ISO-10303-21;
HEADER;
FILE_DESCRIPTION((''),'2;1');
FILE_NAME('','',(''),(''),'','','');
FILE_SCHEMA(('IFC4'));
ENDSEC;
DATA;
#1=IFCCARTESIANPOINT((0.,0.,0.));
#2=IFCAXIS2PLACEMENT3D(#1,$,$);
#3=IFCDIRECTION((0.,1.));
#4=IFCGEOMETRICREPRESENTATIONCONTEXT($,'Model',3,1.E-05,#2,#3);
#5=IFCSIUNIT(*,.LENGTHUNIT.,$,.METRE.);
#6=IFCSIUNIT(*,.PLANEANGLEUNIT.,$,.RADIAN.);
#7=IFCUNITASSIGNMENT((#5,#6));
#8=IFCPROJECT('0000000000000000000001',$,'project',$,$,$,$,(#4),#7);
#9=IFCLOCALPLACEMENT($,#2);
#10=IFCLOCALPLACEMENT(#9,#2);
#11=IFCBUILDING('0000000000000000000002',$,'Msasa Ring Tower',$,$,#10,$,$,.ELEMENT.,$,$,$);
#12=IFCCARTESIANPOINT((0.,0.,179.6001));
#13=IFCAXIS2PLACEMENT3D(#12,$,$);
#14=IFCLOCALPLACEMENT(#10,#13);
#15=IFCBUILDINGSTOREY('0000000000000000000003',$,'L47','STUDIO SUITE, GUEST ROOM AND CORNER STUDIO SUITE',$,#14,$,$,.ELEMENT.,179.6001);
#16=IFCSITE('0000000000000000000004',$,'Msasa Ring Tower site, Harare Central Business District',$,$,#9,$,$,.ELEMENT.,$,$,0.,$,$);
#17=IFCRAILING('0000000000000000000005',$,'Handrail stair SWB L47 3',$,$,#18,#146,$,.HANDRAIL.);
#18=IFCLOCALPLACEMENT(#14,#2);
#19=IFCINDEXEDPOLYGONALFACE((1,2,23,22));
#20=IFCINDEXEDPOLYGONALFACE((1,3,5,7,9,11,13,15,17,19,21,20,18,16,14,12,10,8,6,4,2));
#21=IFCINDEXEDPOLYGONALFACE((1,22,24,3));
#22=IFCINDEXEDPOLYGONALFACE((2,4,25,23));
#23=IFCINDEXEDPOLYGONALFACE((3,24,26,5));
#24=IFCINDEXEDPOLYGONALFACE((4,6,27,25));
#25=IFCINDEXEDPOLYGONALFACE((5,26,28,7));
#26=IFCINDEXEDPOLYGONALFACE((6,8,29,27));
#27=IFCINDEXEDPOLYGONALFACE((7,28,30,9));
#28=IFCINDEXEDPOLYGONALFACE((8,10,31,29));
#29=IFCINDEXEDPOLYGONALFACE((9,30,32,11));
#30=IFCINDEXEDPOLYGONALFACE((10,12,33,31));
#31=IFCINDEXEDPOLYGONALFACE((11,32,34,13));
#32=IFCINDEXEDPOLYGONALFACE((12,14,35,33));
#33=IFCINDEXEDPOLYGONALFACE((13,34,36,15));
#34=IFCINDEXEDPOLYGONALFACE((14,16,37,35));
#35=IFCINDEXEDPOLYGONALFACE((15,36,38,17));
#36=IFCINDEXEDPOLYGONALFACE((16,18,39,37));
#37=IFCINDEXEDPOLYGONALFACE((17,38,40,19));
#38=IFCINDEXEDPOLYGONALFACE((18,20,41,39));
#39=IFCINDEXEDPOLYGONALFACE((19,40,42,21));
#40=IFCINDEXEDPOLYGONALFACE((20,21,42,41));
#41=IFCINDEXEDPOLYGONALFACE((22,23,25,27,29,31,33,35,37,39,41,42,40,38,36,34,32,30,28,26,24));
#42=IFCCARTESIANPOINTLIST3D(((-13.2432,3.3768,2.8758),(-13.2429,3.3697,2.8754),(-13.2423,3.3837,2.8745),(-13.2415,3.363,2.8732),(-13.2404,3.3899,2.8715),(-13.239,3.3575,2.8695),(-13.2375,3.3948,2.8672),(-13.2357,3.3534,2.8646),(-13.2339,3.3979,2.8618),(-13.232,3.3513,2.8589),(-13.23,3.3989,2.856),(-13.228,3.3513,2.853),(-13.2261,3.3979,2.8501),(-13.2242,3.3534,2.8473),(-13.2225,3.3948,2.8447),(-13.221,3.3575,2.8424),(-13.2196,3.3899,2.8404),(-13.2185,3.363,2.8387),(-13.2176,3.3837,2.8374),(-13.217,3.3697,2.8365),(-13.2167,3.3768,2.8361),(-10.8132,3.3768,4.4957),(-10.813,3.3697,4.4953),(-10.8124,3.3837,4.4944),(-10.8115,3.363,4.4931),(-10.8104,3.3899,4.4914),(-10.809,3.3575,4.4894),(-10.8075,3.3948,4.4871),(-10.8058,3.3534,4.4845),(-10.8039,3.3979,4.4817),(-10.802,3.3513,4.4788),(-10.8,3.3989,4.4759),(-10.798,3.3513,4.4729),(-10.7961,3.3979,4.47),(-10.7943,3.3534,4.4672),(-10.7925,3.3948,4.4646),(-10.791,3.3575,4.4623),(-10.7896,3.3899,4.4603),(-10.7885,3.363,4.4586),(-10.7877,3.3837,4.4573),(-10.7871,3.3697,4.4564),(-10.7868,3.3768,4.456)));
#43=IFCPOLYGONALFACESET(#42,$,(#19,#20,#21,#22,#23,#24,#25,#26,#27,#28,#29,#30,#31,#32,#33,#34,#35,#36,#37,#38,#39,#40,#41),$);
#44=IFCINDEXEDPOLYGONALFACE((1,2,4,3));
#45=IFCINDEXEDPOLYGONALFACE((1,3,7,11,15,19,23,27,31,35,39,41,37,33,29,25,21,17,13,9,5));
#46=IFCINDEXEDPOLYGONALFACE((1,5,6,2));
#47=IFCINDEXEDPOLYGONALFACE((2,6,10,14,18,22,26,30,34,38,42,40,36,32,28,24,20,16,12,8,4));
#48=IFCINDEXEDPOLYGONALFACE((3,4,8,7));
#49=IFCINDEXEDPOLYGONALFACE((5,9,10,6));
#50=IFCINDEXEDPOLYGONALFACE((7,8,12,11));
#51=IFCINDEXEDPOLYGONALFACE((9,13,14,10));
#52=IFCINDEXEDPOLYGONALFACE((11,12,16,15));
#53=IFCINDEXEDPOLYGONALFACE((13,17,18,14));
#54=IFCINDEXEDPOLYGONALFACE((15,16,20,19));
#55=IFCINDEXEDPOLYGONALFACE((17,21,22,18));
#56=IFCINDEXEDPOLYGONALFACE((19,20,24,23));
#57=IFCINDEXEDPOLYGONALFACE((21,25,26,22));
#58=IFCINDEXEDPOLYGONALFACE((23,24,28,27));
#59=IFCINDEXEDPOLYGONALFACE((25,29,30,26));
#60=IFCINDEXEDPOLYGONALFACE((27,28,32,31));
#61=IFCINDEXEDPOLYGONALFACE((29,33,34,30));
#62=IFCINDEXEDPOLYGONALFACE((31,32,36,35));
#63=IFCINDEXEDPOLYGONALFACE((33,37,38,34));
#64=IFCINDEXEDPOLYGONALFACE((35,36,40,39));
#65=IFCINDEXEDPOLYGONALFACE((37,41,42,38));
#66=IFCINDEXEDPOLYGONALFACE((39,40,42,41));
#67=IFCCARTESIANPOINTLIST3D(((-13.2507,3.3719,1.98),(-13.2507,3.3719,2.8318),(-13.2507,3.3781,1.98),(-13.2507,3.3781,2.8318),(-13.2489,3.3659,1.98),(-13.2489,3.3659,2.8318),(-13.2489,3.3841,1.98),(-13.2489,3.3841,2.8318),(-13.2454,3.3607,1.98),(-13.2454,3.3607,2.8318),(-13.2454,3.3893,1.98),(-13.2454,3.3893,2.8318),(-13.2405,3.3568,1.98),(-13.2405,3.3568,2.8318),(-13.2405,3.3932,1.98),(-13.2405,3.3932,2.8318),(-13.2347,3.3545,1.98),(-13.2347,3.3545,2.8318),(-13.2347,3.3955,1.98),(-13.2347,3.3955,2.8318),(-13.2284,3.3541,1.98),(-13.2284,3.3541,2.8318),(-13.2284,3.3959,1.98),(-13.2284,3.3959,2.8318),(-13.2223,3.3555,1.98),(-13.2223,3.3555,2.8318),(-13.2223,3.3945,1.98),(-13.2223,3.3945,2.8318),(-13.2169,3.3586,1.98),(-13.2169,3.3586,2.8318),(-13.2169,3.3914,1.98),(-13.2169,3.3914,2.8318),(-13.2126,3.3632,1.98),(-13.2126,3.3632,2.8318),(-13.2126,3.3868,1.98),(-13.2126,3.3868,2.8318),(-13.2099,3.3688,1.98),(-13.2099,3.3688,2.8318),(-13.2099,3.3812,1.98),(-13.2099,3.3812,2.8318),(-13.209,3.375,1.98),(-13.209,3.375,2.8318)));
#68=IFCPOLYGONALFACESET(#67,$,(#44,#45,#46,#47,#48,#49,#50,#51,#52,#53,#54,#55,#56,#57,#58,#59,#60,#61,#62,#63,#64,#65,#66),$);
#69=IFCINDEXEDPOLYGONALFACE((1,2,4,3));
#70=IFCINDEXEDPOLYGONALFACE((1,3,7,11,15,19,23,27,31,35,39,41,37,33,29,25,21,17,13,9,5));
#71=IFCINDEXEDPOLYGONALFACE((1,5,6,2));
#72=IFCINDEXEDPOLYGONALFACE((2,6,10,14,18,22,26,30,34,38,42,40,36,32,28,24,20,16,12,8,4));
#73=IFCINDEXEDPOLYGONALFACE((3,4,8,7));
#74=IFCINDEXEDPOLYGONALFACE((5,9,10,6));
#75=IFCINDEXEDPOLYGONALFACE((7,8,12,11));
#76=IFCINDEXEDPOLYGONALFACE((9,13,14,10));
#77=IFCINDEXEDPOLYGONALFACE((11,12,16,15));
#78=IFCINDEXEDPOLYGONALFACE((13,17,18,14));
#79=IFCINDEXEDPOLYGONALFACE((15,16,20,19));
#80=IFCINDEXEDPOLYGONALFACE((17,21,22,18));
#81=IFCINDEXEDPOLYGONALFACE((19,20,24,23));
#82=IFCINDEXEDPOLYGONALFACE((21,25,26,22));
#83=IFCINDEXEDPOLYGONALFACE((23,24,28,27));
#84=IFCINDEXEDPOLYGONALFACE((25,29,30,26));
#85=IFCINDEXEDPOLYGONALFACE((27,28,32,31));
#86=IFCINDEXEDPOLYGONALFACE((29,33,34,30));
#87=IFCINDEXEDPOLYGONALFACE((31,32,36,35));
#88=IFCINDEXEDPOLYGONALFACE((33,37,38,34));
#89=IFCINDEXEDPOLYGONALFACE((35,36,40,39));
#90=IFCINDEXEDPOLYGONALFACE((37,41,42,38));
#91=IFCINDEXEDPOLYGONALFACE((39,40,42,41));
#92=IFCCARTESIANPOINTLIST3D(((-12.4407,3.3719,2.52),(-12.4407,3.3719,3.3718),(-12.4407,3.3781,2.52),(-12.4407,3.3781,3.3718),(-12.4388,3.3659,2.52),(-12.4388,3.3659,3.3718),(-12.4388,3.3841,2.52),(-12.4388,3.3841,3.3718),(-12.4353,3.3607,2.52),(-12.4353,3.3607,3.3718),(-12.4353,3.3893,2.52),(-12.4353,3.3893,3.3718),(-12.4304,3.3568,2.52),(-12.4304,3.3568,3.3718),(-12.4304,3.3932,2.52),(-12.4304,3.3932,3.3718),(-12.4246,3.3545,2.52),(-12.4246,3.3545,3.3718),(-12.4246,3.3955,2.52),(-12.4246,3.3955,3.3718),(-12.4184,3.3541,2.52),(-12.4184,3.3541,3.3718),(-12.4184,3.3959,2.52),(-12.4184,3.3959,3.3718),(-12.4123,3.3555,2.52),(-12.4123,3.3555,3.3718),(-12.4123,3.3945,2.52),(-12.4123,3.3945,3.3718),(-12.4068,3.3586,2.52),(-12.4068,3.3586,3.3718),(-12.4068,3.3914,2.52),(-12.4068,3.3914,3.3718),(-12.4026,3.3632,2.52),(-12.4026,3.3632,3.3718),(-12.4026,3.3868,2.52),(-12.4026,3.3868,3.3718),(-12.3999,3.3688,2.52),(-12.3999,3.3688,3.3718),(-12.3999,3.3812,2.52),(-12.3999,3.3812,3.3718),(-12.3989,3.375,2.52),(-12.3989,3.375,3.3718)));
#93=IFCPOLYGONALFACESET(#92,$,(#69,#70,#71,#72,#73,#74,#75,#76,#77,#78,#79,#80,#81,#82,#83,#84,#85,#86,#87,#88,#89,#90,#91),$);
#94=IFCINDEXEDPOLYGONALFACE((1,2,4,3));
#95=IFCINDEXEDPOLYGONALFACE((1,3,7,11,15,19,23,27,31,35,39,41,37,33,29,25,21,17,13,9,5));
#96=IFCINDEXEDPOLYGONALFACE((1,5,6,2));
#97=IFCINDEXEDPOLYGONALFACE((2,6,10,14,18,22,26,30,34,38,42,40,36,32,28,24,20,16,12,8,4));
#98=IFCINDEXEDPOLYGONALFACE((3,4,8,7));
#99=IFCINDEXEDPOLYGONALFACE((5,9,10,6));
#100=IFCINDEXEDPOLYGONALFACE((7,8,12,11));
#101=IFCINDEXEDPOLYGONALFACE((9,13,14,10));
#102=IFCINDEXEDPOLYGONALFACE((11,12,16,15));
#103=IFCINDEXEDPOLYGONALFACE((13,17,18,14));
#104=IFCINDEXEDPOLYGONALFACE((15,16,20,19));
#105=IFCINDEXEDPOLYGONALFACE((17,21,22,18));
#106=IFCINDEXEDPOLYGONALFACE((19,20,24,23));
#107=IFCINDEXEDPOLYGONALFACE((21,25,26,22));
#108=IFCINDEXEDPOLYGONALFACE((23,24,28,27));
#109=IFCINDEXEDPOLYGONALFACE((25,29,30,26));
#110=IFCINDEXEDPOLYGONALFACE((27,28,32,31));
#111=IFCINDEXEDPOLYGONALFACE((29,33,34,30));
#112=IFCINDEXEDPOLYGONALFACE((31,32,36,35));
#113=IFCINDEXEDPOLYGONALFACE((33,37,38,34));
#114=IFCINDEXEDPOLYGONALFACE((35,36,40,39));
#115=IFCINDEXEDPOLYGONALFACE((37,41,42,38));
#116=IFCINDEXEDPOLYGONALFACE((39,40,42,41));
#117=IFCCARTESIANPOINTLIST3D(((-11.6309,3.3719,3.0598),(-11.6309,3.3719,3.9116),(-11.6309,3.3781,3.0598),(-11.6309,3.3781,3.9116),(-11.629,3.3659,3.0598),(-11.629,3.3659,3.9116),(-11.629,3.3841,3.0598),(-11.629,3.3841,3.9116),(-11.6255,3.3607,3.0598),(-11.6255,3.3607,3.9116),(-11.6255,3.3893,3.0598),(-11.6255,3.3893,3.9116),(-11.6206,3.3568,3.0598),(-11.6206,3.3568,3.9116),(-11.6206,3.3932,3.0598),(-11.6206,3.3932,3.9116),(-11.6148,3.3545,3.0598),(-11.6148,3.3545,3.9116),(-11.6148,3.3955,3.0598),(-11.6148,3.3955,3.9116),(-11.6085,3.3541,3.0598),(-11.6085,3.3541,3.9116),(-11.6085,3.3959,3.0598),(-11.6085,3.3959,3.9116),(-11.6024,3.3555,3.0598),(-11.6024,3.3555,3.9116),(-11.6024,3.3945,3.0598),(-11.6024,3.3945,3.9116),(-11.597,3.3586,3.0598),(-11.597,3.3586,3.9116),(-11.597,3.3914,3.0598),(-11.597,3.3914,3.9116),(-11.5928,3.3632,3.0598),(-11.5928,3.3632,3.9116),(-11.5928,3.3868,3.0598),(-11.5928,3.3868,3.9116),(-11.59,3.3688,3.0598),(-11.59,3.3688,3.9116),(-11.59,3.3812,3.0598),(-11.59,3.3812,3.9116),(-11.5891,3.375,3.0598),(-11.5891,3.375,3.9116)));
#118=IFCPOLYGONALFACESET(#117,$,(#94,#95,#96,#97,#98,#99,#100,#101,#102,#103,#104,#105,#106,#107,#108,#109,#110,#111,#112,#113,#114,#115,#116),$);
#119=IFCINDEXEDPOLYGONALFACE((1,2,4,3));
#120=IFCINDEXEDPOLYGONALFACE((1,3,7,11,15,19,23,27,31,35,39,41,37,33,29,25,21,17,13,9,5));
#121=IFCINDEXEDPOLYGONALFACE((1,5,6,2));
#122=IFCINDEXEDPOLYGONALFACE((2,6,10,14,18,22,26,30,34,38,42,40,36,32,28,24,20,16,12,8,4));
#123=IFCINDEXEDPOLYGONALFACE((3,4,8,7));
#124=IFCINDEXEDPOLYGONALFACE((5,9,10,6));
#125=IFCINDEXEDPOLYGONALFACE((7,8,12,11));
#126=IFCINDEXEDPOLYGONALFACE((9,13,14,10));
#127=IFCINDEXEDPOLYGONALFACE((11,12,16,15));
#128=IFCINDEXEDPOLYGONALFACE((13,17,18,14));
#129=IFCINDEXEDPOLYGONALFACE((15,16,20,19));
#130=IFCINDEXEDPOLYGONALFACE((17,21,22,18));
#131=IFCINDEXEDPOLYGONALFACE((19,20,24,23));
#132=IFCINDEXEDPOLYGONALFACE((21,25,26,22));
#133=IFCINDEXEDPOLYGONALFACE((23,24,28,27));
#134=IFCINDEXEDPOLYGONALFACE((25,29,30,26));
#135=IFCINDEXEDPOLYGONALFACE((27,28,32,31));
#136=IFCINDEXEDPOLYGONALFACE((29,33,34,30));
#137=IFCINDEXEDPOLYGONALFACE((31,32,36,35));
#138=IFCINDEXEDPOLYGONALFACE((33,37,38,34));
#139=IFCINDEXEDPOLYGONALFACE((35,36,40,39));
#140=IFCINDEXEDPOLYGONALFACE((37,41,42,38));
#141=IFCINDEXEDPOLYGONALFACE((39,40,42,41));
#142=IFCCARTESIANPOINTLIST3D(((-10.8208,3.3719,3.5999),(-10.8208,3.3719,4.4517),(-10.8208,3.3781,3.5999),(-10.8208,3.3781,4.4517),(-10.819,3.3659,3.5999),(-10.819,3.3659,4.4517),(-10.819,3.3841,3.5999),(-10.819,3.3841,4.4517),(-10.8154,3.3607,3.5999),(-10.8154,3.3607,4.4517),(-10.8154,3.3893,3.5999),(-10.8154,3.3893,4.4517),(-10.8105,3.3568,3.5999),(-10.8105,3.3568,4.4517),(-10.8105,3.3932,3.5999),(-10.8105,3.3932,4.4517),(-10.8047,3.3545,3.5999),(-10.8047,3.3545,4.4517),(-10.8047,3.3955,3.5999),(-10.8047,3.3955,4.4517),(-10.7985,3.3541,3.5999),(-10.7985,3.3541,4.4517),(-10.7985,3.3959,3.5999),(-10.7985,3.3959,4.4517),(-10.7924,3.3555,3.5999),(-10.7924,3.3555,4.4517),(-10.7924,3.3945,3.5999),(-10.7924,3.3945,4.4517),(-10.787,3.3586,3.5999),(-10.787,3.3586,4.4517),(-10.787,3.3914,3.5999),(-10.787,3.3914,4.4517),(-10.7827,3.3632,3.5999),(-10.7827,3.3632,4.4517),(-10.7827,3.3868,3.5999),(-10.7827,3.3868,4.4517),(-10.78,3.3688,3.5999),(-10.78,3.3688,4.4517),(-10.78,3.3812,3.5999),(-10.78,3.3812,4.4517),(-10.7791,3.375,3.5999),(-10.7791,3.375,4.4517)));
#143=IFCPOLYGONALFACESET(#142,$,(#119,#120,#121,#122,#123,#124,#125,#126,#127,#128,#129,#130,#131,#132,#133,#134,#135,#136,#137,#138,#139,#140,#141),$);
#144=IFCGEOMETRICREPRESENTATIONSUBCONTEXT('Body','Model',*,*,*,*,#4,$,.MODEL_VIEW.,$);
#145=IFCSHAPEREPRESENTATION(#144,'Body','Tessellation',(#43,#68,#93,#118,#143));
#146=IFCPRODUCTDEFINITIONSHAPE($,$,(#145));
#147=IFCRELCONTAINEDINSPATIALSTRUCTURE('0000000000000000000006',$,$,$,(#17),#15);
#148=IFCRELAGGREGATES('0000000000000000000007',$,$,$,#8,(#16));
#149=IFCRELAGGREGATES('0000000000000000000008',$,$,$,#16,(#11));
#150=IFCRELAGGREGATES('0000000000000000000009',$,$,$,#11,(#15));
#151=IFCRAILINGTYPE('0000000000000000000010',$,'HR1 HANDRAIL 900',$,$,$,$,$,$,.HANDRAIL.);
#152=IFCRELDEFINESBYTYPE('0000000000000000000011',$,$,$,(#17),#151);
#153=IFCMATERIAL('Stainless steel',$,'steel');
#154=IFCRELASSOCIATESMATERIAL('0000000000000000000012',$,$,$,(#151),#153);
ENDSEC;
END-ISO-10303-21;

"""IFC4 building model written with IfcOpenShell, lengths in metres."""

from ifc_helpers import new_model, si_unit, direction, frame, origin, origin_2d, place, context, subcontext, project, spatial, circle, extrude, material, type_object, element, save


model = new_model("IFC4")

# Units and contexts
model_context = context("Model", 3, precision=1e-05, world=origin(), true_north=direction((0.0, 1.0)))
body_context = subcontext(model_context, "Body", "Model", "MODEL_VIEW")
ifc_project = project(units=[si_unit("LENGTHUNIT", "METRE"), si_unit("PLANEANGLEUNIT", "RADIAN")], contexts=[model_context])

# Site, building, storey
site_placement = place(None, origin())
site = spatial("IfcSite", under=ifc_project, at=site_placement, Name="Msasa Ring Tower site, Harare Central Business District", CompositionType="ELEMENT", RefElevation=0.0)
building_placement = place(site_placement, origin())
building = spatial("IfcBuilding", under=site, at=building_placement, Name="Msasa Ring Tower", CompositionType="ELEMENT")
storey_placement = place(building_placement, frame((0.0, 0.0, 179.6001)))
storey = spatial("IfcBuildingStorey", under=building, at=storey_placement, Name="L47", Description="STUDIO SUITE, GUEST ROOM AND CORNER STUDIO SUITE", CompositionType="ELEMENT", Elevation=179.6001)

# Railing
ifc_material_1 = material(Name="Stainless steel", Category="steel")
railing_type = type_object("IfcRailingType", Name="HR1 HANDRAIL 900", PredefinedType="HANDRAIL", material=ifc_material_1)
railing_placement = place(storey_placement, frame((-13.23, 3.375, 1.98)))
element("IfcRailing", 1, at=railing_placement, inside=storey, type_object=railing_type, Name="Handrail stair SWB L47 3", PredefinedType="HANDRAIL", context=body_context, shape_type="SweptSolid", body=[
    extrude(circle(Radius=0.0239, at=origin_2d()), frame((0.0, 0.0, 0.876), z_axis=(0.832063, 0.0, 0.554681), x_axis=(0.0, 1.0, 0.0)), (0.0, 0.0, 1.0), 2.9204),
    extrude(circle(Radius=0.021, at=origin_2d()), origin(), (0.0, 0.0, 1.0), 0.8518),
    extrude(circle(Radius=0.021, at=origin_2d()), frame((0.8101, 0.0, 0.54)), (0.0, 0.0, 1.0), 0.8518),
    extrude(circle(Radius=0.021, at=origin_2d()), frame((1.6199, 0.0, 1.0798)), (0.0, 0.0, 1.0), 0.8518),
    extrude(circle(Radius=0.021, at=origin_2d()), frame((2.4299, 0.0, 1.6199)), (0.0, 0.0, 1.0), 0.8518),
])

save(model, "model.ifc")
